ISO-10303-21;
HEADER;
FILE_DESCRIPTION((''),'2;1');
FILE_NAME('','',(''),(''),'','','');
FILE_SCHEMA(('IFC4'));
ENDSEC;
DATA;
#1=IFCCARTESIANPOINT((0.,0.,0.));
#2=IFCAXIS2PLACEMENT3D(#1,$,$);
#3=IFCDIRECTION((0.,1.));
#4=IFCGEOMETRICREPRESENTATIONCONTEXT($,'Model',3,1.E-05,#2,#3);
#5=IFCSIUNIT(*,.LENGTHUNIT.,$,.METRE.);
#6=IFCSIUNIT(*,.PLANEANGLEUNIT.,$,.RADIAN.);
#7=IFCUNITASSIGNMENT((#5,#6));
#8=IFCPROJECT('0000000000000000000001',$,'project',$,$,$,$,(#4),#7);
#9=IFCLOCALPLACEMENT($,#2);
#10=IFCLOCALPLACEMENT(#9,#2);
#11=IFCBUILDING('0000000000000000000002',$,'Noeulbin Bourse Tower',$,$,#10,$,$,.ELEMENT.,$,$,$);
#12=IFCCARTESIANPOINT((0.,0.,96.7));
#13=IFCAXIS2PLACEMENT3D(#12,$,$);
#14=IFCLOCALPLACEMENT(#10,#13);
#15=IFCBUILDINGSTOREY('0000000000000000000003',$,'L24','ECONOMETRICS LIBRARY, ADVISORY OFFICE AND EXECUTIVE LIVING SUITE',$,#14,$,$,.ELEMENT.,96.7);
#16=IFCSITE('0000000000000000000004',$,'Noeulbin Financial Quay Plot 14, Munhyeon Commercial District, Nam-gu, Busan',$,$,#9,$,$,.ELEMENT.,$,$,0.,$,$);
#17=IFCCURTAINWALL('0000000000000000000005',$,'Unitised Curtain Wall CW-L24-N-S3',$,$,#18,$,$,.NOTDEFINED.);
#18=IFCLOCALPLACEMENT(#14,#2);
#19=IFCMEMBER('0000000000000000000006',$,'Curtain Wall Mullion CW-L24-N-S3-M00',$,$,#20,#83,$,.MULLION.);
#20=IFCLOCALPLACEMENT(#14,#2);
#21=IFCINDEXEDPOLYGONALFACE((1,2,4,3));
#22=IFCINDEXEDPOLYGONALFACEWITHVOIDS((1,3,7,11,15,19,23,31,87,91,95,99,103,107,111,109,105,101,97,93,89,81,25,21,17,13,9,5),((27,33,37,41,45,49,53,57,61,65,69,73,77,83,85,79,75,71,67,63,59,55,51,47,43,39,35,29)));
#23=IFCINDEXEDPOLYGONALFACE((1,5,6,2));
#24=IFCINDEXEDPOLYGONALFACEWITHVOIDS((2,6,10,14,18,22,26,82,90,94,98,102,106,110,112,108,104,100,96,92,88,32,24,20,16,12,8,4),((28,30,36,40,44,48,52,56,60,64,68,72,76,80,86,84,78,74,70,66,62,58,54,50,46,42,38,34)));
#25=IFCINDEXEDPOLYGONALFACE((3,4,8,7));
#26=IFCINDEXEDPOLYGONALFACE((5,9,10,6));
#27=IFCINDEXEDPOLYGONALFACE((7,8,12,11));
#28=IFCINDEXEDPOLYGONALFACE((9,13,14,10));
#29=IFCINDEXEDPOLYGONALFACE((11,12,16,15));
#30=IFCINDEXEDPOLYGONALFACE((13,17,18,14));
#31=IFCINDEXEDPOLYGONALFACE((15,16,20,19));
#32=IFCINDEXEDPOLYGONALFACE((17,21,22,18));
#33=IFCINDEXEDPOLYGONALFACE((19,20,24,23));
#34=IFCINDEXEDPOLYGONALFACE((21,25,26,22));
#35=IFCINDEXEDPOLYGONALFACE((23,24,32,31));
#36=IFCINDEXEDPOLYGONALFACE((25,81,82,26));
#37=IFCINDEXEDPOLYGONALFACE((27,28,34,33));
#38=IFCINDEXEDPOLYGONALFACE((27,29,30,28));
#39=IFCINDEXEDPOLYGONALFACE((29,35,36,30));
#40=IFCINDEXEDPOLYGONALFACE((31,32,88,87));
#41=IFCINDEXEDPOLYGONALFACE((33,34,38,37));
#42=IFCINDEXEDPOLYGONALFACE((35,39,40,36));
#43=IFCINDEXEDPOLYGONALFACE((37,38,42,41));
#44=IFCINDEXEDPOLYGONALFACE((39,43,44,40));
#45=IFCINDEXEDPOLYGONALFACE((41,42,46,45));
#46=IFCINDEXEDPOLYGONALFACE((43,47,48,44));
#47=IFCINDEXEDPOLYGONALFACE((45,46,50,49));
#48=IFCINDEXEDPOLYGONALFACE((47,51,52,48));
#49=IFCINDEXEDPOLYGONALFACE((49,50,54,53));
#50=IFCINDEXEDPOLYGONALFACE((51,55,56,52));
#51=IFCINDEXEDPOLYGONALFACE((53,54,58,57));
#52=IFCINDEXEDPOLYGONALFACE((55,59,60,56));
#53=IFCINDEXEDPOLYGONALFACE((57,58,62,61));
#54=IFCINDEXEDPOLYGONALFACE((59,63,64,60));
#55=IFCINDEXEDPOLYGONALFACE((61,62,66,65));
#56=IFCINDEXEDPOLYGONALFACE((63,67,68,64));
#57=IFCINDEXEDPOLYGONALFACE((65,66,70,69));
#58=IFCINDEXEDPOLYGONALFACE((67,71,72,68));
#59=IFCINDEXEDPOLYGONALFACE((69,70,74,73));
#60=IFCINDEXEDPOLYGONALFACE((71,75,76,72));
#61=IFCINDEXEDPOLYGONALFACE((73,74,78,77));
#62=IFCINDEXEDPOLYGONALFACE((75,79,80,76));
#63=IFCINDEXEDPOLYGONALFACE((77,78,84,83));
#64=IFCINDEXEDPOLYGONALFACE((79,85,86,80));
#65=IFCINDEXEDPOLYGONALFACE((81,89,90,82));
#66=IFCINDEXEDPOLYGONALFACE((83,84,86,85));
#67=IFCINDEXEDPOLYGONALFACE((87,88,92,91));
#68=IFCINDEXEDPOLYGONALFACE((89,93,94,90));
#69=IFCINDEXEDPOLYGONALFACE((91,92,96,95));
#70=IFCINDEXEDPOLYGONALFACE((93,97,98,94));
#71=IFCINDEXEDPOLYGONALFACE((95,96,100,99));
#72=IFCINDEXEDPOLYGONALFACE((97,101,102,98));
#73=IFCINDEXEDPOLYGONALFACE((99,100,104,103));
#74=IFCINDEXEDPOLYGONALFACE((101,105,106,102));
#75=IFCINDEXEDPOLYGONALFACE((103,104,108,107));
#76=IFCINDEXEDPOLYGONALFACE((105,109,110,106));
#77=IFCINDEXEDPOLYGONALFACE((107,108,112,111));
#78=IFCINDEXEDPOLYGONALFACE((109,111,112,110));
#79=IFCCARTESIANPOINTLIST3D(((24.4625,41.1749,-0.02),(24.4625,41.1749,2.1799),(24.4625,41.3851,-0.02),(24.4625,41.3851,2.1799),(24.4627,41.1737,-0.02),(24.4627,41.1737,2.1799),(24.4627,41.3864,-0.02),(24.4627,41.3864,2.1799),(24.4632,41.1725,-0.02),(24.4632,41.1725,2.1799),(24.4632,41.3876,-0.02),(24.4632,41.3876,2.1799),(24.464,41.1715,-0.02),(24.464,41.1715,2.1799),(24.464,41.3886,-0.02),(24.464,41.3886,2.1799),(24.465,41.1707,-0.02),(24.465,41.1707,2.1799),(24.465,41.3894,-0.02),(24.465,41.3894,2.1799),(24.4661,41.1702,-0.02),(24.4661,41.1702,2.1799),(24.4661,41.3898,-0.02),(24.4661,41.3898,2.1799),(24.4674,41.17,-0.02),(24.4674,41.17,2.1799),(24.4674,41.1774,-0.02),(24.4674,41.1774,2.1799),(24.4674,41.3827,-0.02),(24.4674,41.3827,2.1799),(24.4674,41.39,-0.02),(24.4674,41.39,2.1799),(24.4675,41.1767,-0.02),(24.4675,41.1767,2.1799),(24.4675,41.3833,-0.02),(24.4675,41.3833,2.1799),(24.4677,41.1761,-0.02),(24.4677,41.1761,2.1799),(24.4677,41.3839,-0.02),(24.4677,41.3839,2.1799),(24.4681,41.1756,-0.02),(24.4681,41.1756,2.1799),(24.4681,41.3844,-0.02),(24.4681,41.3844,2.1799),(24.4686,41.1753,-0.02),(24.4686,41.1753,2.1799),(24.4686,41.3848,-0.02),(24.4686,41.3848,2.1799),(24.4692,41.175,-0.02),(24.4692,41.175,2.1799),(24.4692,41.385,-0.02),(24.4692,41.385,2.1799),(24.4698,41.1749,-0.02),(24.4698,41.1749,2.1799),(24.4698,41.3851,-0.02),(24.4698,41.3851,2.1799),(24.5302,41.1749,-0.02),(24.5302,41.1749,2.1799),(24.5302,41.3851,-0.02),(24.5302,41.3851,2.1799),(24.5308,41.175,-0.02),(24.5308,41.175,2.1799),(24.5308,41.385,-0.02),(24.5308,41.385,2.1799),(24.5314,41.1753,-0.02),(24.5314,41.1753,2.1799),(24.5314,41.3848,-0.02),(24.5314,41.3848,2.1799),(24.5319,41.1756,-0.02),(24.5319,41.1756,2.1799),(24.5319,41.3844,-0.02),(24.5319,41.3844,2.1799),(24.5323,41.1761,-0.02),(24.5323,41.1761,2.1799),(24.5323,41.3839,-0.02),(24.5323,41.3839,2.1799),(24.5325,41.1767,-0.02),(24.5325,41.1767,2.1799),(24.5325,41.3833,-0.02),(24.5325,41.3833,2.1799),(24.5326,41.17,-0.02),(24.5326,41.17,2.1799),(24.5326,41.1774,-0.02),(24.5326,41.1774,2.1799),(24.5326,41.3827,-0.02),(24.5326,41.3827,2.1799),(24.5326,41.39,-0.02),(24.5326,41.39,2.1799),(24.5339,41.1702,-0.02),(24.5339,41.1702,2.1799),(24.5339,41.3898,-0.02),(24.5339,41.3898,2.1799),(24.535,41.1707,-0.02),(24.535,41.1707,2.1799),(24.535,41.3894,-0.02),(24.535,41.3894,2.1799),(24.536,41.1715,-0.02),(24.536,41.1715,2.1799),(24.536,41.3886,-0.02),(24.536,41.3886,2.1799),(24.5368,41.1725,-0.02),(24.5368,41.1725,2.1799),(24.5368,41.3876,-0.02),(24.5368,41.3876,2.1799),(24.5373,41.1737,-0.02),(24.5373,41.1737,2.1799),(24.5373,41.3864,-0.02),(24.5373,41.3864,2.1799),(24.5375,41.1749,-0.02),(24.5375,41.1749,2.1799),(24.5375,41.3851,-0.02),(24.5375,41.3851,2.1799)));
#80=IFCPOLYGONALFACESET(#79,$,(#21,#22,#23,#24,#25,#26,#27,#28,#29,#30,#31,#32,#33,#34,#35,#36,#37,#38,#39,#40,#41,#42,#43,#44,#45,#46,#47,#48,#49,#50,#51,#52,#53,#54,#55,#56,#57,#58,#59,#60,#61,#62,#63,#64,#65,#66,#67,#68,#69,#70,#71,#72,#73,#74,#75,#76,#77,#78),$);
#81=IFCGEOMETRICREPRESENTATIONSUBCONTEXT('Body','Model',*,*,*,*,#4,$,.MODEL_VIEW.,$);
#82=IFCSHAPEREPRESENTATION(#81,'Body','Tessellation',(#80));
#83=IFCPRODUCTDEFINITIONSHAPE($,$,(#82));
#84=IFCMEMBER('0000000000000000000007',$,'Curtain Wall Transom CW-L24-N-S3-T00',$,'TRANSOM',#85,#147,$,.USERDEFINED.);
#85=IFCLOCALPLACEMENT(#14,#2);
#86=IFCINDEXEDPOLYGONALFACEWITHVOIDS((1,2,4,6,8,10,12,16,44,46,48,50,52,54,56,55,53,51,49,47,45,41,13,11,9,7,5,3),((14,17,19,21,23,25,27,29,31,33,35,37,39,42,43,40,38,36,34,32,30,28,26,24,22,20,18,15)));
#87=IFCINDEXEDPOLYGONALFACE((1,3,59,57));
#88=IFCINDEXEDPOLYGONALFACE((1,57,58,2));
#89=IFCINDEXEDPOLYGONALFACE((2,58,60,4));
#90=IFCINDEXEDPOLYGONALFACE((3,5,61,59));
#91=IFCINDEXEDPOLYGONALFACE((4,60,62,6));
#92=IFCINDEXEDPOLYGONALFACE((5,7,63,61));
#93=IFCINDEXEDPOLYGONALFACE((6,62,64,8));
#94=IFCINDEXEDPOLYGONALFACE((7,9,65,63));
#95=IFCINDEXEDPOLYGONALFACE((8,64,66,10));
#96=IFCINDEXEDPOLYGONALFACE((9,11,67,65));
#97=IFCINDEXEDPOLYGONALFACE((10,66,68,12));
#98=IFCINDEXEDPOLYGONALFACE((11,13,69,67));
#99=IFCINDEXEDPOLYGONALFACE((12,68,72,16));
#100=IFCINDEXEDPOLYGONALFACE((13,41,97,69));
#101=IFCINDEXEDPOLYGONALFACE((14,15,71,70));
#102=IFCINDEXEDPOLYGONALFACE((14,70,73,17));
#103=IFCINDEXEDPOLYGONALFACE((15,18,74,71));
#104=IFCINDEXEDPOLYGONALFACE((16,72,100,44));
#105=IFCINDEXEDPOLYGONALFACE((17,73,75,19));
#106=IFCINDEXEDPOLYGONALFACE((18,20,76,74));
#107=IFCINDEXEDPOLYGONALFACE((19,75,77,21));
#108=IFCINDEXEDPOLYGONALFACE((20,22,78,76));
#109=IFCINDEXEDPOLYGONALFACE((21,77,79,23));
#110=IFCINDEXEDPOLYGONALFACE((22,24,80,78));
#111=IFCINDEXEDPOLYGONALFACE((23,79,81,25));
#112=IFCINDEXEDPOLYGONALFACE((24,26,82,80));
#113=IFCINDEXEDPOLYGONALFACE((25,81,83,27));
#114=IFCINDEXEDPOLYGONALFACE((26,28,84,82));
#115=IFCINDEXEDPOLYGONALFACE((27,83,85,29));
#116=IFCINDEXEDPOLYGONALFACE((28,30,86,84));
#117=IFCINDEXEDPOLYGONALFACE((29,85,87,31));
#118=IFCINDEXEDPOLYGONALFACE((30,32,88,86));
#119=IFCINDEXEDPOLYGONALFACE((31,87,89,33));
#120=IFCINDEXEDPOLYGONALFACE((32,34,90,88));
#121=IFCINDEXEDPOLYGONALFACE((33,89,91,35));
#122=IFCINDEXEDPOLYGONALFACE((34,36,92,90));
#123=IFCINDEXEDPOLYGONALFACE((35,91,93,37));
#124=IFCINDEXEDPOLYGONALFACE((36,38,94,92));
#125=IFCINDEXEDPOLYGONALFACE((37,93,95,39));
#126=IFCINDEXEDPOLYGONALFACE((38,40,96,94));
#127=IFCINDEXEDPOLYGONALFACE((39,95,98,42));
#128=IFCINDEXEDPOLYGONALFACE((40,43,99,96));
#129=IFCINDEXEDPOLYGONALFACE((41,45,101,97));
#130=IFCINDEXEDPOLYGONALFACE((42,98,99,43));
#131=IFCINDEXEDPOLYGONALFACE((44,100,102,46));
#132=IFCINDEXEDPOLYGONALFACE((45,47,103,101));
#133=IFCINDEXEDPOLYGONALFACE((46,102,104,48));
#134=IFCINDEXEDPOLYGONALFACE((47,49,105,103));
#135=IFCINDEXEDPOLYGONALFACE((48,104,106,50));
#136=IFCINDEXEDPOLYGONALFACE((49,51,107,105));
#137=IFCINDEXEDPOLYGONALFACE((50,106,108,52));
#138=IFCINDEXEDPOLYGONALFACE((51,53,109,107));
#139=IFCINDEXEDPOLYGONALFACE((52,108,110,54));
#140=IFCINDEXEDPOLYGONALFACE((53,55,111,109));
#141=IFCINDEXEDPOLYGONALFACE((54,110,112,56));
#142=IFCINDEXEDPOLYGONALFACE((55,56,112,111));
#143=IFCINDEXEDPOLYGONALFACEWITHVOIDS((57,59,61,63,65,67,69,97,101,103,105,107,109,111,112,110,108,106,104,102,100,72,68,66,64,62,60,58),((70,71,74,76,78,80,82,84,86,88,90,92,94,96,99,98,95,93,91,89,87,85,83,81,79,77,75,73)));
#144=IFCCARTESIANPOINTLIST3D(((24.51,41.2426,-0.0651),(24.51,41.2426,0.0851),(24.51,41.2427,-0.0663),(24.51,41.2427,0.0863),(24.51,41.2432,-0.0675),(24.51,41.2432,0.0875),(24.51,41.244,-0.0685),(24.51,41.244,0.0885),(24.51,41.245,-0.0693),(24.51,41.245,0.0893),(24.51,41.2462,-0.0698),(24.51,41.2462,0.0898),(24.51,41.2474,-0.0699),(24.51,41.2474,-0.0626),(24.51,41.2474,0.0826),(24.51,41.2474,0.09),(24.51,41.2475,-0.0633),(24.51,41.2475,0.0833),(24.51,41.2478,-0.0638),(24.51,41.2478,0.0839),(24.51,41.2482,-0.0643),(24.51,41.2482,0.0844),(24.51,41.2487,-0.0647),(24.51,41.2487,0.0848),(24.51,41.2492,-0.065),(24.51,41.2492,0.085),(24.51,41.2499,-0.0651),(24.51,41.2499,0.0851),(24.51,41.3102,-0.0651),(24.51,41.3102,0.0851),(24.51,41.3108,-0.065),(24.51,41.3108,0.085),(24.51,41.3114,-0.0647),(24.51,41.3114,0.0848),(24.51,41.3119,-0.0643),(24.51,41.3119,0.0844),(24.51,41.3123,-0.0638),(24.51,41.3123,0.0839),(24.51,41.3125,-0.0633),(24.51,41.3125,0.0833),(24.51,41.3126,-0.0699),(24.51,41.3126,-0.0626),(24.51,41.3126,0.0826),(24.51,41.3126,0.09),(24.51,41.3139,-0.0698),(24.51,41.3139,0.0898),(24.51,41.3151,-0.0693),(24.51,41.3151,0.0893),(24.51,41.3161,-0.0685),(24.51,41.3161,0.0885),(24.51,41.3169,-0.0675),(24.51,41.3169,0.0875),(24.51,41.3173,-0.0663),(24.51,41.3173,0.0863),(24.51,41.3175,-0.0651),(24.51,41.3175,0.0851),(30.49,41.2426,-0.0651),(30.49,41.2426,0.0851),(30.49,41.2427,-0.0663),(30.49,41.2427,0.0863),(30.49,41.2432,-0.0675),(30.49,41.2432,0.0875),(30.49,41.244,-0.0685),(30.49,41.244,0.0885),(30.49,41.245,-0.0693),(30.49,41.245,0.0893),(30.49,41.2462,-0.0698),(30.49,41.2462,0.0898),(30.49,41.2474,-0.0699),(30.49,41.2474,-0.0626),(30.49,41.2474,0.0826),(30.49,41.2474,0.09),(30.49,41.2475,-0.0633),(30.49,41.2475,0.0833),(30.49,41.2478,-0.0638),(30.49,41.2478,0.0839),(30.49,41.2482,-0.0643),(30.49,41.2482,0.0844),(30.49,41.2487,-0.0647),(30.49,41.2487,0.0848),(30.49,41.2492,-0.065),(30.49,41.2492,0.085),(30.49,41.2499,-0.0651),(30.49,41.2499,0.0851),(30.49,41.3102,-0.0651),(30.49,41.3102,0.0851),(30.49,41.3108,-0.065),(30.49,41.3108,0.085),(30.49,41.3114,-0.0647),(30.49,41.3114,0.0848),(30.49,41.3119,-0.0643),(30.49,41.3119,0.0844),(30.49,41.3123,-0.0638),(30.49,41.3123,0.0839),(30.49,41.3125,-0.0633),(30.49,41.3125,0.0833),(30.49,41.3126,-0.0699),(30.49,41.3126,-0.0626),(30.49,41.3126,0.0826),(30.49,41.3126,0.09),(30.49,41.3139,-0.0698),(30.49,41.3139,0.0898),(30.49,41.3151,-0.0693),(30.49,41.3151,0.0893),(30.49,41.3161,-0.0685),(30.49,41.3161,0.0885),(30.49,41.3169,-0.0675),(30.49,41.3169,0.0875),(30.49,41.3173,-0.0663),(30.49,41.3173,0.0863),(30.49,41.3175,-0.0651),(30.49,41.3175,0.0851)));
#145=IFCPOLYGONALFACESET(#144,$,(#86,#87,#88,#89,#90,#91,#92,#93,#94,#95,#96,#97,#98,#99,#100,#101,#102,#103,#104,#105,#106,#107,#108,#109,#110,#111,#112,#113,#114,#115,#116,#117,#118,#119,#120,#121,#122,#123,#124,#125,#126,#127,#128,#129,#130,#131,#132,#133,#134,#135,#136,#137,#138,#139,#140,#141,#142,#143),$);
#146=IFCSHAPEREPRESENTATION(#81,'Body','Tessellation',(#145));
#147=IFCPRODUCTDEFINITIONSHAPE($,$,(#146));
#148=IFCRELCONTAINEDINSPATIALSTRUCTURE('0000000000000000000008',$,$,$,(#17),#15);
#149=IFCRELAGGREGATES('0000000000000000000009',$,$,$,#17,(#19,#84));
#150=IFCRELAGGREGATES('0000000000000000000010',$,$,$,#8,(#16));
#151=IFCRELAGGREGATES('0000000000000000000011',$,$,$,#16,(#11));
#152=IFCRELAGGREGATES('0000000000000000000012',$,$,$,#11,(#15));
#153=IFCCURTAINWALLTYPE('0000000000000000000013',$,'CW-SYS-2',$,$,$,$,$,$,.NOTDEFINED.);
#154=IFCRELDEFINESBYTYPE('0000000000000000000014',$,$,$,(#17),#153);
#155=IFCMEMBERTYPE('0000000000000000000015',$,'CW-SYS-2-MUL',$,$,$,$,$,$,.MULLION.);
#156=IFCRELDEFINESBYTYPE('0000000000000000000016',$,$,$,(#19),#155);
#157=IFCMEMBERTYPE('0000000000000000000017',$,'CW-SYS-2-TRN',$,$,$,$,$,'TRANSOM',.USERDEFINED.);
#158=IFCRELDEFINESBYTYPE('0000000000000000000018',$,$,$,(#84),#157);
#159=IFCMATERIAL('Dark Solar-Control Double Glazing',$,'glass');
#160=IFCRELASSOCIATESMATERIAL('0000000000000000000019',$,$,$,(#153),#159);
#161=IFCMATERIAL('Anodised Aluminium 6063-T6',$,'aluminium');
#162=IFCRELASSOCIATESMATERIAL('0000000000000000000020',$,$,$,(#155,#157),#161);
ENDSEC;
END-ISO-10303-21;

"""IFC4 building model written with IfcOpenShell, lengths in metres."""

from ifc_helpers import new_model, si_unit, direction, frame, origin, origin_2d, place, context, subcontext, project, spatial, hollow_rectangle, extrude, material, material_profile, profile_set, type_object, element, aggregate, save


model = new_model("IFC4")

# Units and contexts
model_context = context("Model", 3, precision=1e-05, world=origin(), true_north=direction((0.0, 1.0)))
body_context = subcontext(model_context, "Body", "Model", "MODEL_VIEW")
ifc_project = project(units=[si_unit("LENGTHUNIT", "METRE"), si_unit("PLANEANGLEUNIT", "RADIAN")], contexts=[model_context])

# Site, building, storey
site_placement = place(None, origin())
site = spatial("IfcSite", under=ifc_project, at=site_placement, Name="Noeulbin Financial Quay Plot 14, Munhyeon Commercial District, Nam-gu, Busan", CompositionType="ELEMENT", RefElevation=0.0)
building_placement = place(site_placement, origin())
building = spatial("IfcBuilding", under=site, at=building_placement, Name="Noeulbin Bourse Tower", CompositionType="ELEMENT")
storey_placement = place(building_placement, frame((0.0, 0.0, 96.7)))
storey = spatial("IfcBuildingStorey", under=building, at=storey_placement, Name="L24", Description="ECONOMETRICS LIBRARY, ADVISORY OFFICE AND EXECUTIVE LIVING SUITE", CompositionType="ELEMENT", Elevation=96.7)

# Shared definitions
ifc_material_1 = material(Name="Dark Solar-Control Double Glazing", Category="glass")
curtain_wall_type = type_object("IfcCurtainWallType", Name="CW-SYS-2", PredefinedType="NOTDEFINED", material=ifc_material_1)
ifc_material_2 = material(Name="Anodised Aluminium 6063-T6", Category="aluminium")
ifc_material_profile_1 = material_profile(ifc_material_2, hollow_rectangle(XDim=0.075, YDim=0.22, WallThickness=0.0049, InnerFilletRadius=0.0024, OuterFilletRadius=0.0049, at=origin_2d()), Name="ALU-MULL-75x220x5", Category="LoadBearing")
ifc_profile_set_1 = profile_set([ifc_material_profile_1], Name="Anodised Aluminium 6063-T6")
member_type_1 = type_object("IfcMemberType", Name="CW-SYS-2-MUL", PredefinedType="MULLION", material=ifc_profile_set_1)

# Curtain wall, members
curtain_wall_1_placement = place(storey_placement, origin())
curtain_wall_1 = element("IfcCurtainWall", 1, at=curtain_wall_1_placement, inside=storey, type_object=curtain_wall_type, Name="Unitised Curtain Wall CW-L24-N-S3", PredefinedType="NOTDEFINED")
member_1_placement = place(storey_placement, frame((24.5, 41.28, -0.02), z_axis=(0.0, 0.0, 1.0), x_axis=(1.0, 0.0, 0.0)))
member_1 = element("IfcMember", 2, at=member_1_placement, type_object=member_type_1, Name="Curtain Wall Mullion CW-L24-N-S3-M00", PredefinedType="MULLION", context=body_context, shape_type="SweptSolid", body=[
    extrude(hollow_rectangle(XDim=0.075, YDim=0.22, WallThickness=0.0049, InnerFilletRadius=0.0024, OuterFilletRadius=0.0049, at=origin_2d()), origin(), (0.0, 0.0, 1.0), 2.2),
])
ifc_material_profile_2 = material_profile(ifc_material_2, hollow_rectangle(XDim=0.075, YDim=0.1599, WallThickness=0.0049, InnerFilletRadius=0.0024, OuterFilletRadius=0.0049, at=origin_2d()), Name="ALU-TRAN-75x160x5", Category="LoadBearing")
ifc_profile_set_2 = profile_set([ifc_material_profile_2], Name="Anodised Aluminium 6063-T6")
member_type_2 = type_object("IfcMemberType", Name="CW-SYS-2-TRN", ElementType="TRANSOM", PredefinedType="USERDEFINED", material=ifc_profile_set_2)
member_2_placement = place(storey_placement, frame((24.51, 41.28, 0.01), z_axis=(1.0, 0.0, 0.0), x_axis=(0.0, 1.0, 0.0)))
member_2 = element("IfcMember", 3, at=member_2_placement, type_object=member_type_2, Name="Curtain Wall Transom CW-L24-N-S3-T00", ObjectType="TRANSOM", PredefinedType="USERDEFINED", context=body_context, shape_type="SweptSolid", body=[
    extrude(hollow_rectangle(XDim=0.075, YDim=0.1599, WallThickness=0.0049, InnerFilletRadius=0.0024, OuterFilletRadius=0.0049, at=origin_2d()), origin(), (0.0, 0.0, 1.0), 5.98),
])

aggregate(curtain_wall_1, [member_1, member_2])

save(model, "model.ifc")
